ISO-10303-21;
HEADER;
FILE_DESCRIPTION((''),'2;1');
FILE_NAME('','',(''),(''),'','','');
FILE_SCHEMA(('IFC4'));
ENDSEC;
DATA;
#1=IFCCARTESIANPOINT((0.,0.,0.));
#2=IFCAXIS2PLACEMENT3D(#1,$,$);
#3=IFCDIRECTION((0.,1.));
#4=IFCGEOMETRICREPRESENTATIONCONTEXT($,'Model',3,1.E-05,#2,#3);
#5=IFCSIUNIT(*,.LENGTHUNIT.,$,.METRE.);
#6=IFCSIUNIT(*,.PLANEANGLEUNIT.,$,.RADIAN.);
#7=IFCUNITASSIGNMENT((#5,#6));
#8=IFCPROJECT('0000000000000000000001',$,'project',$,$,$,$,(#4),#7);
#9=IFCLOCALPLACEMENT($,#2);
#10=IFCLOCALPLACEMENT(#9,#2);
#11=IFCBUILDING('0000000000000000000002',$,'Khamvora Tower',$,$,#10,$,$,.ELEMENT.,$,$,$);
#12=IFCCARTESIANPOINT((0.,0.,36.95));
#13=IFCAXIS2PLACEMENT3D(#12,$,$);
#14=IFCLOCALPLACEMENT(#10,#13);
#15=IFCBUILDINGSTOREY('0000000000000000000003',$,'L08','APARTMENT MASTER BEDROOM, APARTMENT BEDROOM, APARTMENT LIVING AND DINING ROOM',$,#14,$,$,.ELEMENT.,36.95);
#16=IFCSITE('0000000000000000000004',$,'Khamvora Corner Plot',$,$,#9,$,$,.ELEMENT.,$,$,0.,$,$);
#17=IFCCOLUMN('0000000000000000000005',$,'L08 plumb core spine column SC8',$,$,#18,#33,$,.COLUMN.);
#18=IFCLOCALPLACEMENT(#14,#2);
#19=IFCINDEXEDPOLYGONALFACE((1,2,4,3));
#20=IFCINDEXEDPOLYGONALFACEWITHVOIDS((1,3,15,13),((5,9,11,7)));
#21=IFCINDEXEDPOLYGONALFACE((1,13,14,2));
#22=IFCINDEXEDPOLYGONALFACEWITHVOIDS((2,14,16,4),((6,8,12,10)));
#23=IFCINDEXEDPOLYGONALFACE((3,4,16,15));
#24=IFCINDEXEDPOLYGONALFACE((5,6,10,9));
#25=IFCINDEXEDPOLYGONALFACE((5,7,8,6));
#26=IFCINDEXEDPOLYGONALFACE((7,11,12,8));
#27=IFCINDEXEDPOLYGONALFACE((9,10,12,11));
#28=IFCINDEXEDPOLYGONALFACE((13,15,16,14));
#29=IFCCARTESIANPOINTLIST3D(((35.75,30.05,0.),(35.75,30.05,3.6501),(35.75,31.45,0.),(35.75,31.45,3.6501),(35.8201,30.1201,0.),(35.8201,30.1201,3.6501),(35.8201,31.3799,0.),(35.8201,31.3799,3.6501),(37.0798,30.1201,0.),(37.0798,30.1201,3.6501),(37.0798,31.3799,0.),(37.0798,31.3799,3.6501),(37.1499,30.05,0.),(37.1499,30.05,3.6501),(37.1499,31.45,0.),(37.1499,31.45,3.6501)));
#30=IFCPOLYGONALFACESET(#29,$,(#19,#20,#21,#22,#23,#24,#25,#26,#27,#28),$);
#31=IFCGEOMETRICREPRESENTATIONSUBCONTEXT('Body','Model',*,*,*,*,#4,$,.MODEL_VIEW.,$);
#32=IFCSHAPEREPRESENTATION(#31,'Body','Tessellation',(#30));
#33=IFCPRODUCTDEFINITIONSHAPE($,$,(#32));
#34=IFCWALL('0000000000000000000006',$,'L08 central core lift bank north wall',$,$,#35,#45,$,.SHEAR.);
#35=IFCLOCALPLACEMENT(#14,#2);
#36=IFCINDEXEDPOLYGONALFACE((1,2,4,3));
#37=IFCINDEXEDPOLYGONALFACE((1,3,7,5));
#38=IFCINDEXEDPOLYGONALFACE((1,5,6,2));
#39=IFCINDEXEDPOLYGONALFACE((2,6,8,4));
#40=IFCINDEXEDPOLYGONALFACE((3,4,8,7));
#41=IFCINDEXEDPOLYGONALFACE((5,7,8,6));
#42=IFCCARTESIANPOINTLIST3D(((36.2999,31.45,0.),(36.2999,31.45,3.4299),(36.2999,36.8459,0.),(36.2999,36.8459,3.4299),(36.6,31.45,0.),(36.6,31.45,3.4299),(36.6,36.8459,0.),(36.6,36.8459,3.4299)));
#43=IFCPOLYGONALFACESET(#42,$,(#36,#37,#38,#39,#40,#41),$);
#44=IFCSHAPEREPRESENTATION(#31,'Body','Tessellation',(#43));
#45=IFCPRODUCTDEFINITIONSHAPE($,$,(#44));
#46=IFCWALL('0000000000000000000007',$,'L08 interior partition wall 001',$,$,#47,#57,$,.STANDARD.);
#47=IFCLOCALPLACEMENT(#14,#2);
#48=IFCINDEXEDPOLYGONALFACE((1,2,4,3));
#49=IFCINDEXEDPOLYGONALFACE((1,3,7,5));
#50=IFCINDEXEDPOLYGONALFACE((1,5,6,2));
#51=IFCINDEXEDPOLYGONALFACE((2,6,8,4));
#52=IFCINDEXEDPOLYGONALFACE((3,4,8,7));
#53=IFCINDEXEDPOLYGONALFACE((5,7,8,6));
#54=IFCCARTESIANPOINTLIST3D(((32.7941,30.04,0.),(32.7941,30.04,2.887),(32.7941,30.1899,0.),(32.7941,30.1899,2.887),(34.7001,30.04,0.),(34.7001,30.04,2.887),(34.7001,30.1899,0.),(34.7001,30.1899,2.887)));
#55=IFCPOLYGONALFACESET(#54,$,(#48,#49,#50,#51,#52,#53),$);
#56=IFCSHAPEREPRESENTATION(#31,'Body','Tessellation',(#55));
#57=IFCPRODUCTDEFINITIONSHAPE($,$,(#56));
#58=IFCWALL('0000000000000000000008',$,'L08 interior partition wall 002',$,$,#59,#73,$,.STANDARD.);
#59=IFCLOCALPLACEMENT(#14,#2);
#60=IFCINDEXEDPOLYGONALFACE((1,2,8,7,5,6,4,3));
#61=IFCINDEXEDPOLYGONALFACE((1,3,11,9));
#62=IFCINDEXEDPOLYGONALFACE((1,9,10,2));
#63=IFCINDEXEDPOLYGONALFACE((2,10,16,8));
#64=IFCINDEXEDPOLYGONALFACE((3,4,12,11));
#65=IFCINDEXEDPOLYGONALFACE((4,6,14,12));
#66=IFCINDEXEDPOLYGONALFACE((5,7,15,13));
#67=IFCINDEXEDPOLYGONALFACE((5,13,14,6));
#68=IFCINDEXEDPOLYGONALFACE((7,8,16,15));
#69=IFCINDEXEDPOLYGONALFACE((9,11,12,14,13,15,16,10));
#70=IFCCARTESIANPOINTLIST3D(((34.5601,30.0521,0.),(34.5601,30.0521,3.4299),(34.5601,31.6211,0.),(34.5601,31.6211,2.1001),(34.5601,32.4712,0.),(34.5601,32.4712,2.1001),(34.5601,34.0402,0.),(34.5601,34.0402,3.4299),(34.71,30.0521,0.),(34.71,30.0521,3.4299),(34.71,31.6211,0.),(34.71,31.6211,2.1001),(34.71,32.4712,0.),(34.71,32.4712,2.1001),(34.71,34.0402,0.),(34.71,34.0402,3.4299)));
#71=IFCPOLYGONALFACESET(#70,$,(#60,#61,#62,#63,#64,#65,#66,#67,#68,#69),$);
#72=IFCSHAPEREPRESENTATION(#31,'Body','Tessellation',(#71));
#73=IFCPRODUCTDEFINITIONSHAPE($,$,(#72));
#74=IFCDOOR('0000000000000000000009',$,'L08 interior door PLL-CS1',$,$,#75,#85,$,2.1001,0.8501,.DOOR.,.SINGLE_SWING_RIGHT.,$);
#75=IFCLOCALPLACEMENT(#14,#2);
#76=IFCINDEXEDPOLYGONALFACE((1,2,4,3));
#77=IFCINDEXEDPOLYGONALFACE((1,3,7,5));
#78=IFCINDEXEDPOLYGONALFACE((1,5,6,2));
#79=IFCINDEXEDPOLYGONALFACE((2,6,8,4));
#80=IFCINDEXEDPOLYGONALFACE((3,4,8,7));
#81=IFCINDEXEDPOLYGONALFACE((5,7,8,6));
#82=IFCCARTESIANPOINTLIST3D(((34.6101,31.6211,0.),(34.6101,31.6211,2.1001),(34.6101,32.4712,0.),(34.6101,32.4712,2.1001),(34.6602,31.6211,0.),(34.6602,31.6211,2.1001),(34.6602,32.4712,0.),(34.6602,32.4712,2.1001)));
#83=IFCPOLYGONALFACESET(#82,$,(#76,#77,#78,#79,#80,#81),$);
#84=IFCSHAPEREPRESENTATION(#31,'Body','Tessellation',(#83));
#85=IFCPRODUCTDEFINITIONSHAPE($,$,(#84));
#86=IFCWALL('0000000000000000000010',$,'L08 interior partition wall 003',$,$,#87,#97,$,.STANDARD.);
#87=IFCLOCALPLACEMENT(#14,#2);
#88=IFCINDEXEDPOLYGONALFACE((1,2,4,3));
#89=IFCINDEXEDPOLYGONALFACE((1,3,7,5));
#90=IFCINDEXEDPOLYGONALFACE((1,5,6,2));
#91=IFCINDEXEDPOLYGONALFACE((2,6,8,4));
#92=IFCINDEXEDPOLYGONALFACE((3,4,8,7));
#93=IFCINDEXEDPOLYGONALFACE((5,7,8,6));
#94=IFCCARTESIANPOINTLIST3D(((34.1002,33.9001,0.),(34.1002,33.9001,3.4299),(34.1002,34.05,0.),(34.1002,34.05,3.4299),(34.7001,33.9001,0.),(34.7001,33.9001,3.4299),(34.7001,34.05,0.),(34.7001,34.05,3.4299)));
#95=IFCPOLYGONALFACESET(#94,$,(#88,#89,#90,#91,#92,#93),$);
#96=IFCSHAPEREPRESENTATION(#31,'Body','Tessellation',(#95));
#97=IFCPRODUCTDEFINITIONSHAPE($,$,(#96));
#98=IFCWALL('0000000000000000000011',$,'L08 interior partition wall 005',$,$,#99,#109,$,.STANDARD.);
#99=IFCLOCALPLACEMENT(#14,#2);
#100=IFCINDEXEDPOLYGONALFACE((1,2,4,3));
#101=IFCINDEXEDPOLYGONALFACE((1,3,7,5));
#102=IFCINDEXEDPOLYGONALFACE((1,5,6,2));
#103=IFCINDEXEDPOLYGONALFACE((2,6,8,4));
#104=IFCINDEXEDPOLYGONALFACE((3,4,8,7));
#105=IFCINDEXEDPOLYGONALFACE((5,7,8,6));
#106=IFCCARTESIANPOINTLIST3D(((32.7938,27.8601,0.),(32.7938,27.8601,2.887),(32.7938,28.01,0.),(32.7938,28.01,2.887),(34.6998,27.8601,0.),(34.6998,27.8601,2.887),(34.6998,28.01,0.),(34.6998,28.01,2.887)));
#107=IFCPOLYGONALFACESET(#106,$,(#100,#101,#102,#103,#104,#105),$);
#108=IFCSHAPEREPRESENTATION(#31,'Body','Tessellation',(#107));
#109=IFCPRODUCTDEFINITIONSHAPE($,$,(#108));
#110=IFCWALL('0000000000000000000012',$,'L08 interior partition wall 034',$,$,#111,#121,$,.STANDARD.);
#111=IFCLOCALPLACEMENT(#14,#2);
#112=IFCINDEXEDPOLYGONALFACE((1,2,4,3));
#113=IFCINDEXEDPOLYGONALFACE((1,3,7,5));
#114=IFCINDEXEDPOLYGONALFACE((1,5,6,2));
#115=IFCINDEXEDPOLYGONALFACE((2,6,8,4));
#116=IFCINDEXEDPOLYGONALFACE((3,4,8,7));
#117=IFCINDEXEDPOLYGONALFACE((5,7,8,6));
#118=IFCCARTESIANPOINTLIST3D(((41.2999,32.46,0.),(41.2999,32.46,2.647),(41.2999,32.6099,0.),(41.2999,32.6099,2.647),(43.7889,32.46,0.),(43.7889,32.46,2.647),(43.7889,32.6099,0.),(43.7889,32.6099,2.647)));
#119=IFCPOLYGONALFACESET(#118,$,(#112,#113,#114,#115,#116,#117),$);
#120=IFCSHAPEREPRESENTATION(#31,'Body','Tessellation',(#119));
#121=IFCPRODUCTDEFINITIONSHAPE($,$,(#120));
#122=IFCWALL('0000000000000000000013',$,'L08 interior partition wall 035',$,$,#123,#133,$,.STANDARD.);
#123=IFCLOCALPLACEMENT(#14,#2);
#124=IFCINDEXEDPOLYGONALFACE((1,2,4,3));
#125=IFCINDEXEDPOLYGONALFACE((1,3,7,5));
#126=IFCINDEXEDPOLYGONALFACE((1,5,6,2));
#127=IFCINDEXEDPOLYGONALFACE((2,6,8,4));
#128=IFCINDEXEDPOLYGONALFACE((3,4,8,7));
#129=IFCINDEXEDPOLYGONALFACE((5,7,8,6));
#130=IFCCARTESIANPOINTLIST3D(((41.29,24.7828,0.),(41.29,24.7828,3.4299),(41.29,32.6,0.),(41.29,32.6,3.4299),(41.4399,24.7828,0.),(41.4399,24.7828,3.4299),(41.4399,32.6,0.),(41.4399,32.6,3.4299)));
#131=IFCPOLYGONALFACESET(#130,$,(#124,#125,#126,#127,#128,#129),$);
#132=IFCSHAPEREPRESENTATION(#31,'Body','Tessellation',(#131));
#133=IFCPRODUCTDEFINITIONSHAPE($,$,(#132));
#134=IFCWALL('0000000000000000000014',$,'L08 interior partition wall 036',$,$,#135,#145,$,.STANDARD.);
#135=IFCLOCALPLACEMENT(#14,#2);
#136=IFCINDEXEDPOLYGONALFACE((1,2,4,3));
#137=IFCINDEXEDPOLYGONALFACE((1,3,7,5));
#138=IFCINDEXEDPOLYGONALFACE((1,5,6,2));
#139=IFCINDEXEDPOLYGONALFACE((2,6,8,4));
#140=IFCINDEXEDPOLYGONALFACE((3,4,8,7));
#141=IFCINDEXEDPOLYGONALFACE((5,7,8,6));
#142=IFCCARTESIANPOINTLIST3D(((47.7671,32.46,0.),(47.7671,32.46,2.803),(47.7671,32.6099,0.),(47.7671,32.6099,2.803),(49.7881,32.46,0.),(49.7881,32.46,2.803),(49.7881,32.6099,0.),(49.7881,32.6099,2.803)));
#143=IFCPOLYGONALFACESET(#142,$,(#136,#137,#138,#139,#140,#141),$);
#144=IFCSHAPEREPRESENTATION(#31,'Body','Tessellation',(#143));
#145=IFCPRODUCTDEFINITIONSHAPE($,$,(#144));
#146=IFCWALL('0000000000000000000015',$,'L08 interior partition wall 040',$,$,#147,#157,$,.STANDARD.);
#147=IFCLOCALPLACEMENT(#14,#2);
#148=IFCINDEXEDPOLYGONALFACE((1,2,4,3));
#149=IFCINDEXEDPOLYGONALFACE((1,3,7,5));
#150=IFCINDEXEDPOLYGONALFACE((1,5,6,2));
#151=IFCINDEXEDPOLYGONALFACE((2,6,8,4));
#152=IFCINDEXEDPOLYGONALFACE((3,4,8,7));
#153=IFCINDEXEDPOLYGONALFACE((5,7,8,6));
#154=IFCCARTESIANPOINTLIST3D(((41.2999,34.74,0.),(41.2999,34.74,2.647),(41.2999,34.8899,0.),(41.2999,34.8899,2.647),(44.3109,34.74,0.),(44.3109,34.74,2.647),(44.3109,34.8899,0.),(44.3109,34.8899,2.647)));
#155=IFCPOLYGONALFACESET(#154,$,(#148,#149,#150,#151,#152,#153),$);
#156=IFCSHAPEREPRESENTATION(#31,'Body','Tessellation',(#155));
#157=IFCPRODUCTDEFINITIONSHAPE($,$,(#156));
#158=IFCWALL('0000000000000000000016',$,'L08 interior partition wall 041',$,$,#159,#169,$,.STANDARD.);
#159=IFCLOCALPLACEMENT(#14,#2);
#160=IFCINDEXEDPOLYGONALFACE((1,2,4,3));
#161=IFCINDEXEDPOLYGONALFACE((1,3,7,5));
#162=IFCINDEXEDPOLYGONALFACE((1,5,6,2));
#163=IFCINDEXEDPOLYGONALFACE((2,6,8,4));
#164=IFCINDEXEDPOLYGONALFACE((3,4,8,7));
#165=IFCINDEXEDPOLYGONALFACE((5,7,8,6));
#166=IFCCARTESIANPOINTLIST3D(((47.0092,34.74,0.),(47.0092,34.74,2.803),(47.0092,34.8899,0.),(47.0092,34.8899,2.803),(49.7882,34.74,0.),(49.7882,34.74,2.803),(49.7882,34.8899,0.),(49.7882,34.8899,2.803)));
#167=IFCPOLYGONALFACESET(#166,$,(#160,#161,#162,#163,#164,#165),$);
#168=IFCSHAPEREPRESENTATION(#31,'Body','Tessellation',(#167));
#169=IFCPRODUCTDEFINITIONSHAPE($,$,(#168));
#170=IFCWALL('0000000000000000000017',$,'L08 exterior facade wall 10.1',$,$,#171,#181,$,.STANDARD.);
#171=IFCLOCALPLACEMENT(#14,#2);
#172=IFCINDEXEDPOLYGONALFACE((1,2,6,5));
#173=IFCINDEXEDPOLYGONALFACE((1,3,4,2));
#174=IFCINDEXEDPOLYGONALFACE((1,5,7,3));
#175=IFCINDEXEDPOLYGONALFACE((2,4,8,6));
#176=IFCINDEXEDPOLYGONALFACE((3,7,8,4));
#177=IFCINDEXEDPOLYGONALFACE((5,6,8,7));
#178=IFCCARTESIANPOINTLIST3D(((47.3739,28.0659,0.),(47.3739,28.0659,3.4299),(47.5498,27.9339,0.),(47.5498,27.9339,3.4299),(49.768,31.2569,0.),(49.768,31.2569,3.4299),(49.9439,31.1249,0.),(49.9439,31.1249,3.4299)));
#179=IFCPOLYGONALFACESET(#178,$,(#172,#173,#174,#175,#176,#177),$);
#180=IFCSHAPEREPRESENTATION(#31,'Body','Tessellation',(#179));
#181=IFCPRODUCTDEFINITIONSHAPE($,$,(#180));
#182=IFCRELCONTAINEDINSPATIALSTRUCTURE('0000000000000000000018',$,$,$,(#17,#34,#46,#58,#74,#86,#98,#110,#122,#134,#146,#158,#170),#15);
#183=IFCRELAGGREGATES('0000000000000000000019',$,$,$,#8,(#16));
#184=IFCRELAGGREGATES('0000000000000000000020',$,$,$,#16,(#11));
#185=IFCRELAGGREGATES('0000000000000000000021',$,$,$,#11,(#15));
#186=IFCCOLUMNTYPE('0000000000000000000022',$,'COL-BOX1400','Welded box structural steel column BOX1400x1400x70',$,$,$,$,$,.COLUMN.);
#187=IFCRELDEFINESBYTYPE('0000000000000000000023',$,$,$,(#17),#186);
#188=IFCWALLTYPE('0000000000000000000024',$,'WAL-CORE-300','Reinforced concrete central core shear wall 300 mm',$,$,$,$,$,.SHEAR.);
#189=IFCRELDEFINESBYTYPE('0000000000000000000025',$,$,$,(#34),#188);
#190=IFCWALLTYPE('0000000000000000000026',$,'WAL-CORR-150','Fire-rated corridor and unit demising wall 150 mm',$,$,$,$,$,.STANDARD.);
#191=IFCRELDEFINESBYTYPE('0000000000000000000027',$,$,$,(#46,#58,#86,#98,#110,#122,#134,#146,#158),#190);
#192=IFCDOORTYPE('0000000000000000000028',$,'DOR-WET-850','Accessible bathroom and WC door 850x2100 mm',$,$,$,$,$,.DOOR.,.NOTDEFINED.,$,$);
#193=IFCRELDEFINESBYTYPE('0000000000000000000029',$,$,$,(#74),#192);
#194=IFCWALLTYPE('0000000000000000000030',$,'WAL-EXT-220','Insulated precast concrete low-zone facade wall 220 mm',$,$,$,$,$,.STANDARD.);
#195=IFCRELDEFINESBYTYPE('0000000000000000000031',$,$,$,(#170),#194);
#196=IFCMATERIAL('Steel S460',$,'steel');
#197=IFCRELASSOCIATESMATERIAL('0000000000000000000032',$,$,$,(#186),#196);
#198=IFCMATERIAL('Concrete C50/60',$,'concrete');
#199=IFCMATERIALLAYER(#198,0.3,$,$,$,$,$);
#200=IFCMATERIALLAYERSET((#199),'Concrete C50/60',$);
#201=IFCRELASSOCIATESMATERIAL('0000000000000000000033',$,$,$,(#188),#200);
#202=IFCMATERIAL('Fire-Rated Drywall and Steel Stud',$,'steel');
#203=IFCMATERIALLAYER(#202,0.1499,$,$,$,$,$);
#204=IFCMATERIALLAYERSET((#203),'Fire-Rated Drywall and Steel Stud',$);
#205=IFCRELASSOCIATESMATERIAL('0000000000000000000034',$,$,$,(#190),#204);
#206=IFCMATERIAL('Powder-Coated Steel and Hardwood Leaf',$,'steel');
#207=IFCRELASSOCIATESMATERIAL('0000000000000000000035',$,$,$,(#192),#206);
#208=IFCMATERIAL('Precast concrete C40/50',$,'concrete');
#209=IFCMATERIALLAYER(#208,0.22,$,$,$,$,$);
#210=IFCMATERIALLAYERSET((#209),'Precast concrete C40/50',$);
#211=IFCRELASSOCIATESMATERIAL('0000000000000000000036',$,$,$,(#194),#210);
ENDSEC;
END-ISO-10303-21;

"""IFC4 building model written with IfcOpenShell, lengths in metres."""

from ifc_helpers import new_model, si_unit, direction, frame, frame_2d, origin, origin_2d, place, context, subcontext, project, spatial, rectangle, hollow_rectangle, extrude, material, layer, layer_set, material_profile, profile_set, type_object, element, fill, save


model = new_model("IFC4")

# Units and contexts
model_context = context("Model", 3, precision=1e-05, world=origin(), true_north=direction((0.0, 1.0)))
body_context = subcontext(model_context, "Body", "Model", "MODEL_VIEW")
ifc_project = project(units=[si_unit("LENGTHUNIT", "METRE"), si_unit("PLANEANGLEUNIT", "RADIAN")], contexts=[model_context])

# Site, building, storey
site_placement = place(None, origin())
site = spatial("IfcSite", under=ifc_project, at=site_placement, Name="Khamvora Corner Plot", CompositionType="ELEMENT", RefElevation=0.0)
building_placement = place(site_placement, origin())
building = spatial("IfcBuilding", under=site, at=building_placement, Name="Khamvora Tower", CompositionType="ELEMENT")
storey_placement = place(building_placement, frame((0.0, 0.0, 36.95)))
storey = spatial("IfcBuildingStorey", under=building, at=storey_placement, Name="L08", Description="APARTMENT MASTER BEDROOM, APARTMENT BEDROOM, APARTMENT LIVING AND DINING ROOM", CompositionType="ELEMENT", Elevation=36.95)

# Column
ifc_material_1 = material(Name="Steel S460", Category="steel")
ifc_material_profile = material_profile(ifc_material_1, hollow_rectangle(XDim=1.3999, YDim=1.3999, WallThickness=0.0701, at=origin_2d()), Name="BOX1400x1400x70")
ifc_profile_set = profile_set([ifc_material_profile], Name="Steel S460")
column_type = type_object("IfcColumnType", Name="COL-BOX1400", Description="Welded box structural steel column BOX1400x1400x70", PredefinedType="COLUMN", material=ifc_profile_set)
column_placement = place(storey_placement, frame((36.45, 30.75, 0.0), z_axis=(0.0, 0.0, 1.0), x_axis=(1.0, 0.0, 0.0)))
element("IfcColumn", 1, at=column_placement, inside=storey, type_object=column_type, Name="L08 plumb core spine column SC8", PredefinedType="COLUMN", context=body_context, shape_type="SweptSolid", body=[
    extrude(hollow_rectangle(XDim=1.3999, YDim=1.3999, WallThickness=0.0701, at=origin_2d()), origin(), (0.0, 0.0, 1.0), 3.6501),
])

# Walls
ifc_material_2 = material(Name="Concrete C50/60", Category="concrete")
ifc_layer_1 = layer(ifc_material_2, 0.3)
ifc_layer_set_1 = layer_set([ifc_layer_1], Name="Concrete C50/60")
wall_type_1 = type_object("IfcWallType", Name="WAL-CORE-300", Description="Reinforced concrete central core shear wall 300 mm", PredefinedType="SHEAR", material=ifc_layer_set_1)
wall_1_placement = place(storey_placement, frame((36.45, 31.45, 0.0), z_axis=(0.0, 0.0, 1.0), x_axis=(0.0, 1.0, 0.0)))
element("IfcWall", 2, at=wall_1_placement, inside=storey, type_object=wall_type_1, Name="L08 central core lift bank north wall", PredefinedType="SHEAR", context=body_context, shape_type="SweptSolid", body=[
    extrude(rectangle(XDim=5.396, YDim=0.3, at=frame_2d((2.698, 0.0))), origin(), (0.0, 0.0, 1.0), 3.4299),
])
ifc_material_3 = material(Name="Fire-Rated Drywall and Steel Stud", Category="steel")
ifc_layer_2 = layer(ifc_material_3, 0.1499)
ifc_layer_set_2 = layer_set([ifc_layer_2], Name="Fire-Rated Drywall and Steel Stud")
wall_type_2 = type_object("IfcWallType", Name="WAL-CORR-150", Description="Fire-rated corridor and unit demising wall 150 mm", PredefinedType="STANDARD", material=ifc_layer_set_2)
wall_2_placement = place(storey_placement, frame((32.7939, 30.115, 0.0), z_axis=(0.0, 0.0, 1.0), x_axis=(1.0, 0.0, 0.0)))
element("IfcWall", 3, at=wall_2_placement, inside=storey, type_object=wall_type_2, Name="L08 interior partition wall 001", PredefinedType="STANDARD", context=body_context, shape_type="SweptSolid", body=[
    extrude(rectangle(XDim=1.906, YDim=0.1499, at=frame_2d((0.9531, 0.0))), origin(), (0.0, 0.0, 1.0), 2.887),
])

# Wall, opening, door
wall_3_placement = place(storey_placement, frame((34.635, 30.052, 0.0), z_axis=(0.0, 0.0, 1.0), x_axis=(0.0, 1.0, 0.0)))
wall_3 = element("IfcWall", 4, at=wall_3_placement, inside=storey, type_object=wall_type_2, Name="L08 interior partition wall 002", PredefinedType="STANDARD", context=body_context, shape_type="SweptSolid", body=[
    extrude(rectangle(XDim=3.988, YDim=0.1499, at=frame_2d((1.9941, 0.0))), origin(), (0.0, 0.0, 1.0), 3.4299),
])
opening_1_placement = place(wall_3_placement, frame((1.5691, 0.0, 0.0)))
opening_1 = element("IfcOpeningElement", 5, at=opening_1_placement, cuts=wall_3, PredefinedType="OPENING", context=body_context, shape_type="SweptSolid", body=[
    extrude(rectangle(XDim=0.8501, YDim=2.1001, at=frame_2d((0.425, 1.05))), frame((0.0, 0.085, 0.0), z_axis=(0.0, -1.0, 0.0), x_axis=(1.0, 0.0, 0.0)), (0.0, 0.0, 1.0), 0.1699),
])
ifc_material_4 = material(Name="Powder-Coated Steel and Hardwood Leaf", Category="steel")
door_type_1 = type_object("IfcDoorType", Name="DOR-WET-850", Description="Accessible bathroom and WC door 850x2100 mm", OperationType="NOTDEFINED", PredefinedType="DOOR", material=ifc_material_4)
door_1_placement = place(opening_1_placement, origin())
door_1 = element("IfcDoor", 6, at=door_1_placement, inside=storey, type_object=door_type_1, Name="L08 interior door PLL-CS1", OperationType="SINGLE_SWING_RIGHT", OverallHeight=2.1001, OverallWidth=0.8501, PredefinedType="DOOR", context=body_context, shape_type="SweptSolid", body=[
    extrude(rectangle(XDim=0.8501, YDim=2.1001, at=frame_2d((0.425, 1.05))), frame((0.0, 0.0249, 0.0), z_axis=(0.0, -1.0, 0.0), x_axis=(1.0, 0.0, 0.0)), (0.0, 0.0, 1.0), 0.05),
])
fill(opening_1, door_1)

# Walls
wall_4_placement = place(storey_placement, frame((34.7, 33.9751, 0.0), z_axis=(0.0, 0.0, 1.0), x_axis=(-1.0, 0.0, 0.0)))
element("IfcWall", 7, at=wall_4_placement, inside=storey, type_object=wall_type_2, Name="L08 interior partition wall 003", PredefinedType="STANDARD", context=body_context, shape_type="SweptSolid", body=[
    extrude(rectangle(XDim=0.5999, YDim=0.1499, at=frame_2d((0.2998, 0.0))), origin(), (0.0, 0.0, 1.0), 3.4299),
])
wall_5_placement = place(storey_placement, frame((34.7, 27.9351, 0.0), z_axis=(0.0, 0.0, 1.0), x_axis=(-1.0, 0.0, 0.0)))
element("IfcWall", 8, at=wall_5_placement, inside=storey, type_object=wall_type_2, Name="L08 interior partition wall 005", PredefinedType="STANDARD", context=body_context, shape_type="SweptSolid", body=[
    extrude(rectangle(XDim=1.906, YDim=0.1499, at=frame_2d((0.9531, 0.0))), origin(), (0.0, 0.0, 1.0), 2.887),
])

# Walls
wall_6_placement = place(storey_placement, frame((43.7891, 32.5349, 0.0), z_axis=(0.0, 0.0, 1.0), x_axis=(-1.0, 0.0, 0.0)))
element("IfcWall", 9, at=wall_6_placement, inside=storey, type_object=wall_type_2, Name="L08 interior partition wall 034", PredefinedType="STANDARD", context=body_context, shape_type="SweptSolid", body=[
    extrude(rectangle(XDim=2.489, YDim=0.1499, at=frame_2d((1.2446, 0.0))), origin(), (0.0, 0.0, 1.0), 2.647),
])
wall_7_placement = place(storey_placement, frame((41.365, 32.6001, 0.0), z_axis=(0.0, 0.0, 1.0), x_axis=(0.0, -1.0, 0.0)))
element("IfcWall", 10, at=wall_7_placement, inside=storey, type_object=wall_type_2, Name="L08 interior partition wall 035", PredefinedType="STANDARD", context=body_context, shape_type="SweptSolid", body=[
    extrude(rectangle(XDim=7.8171, YDim=0.1499, at=frame_2d((3.9087, 0.0))), origin(), (0.0, 0.0, 1.0), 3.4299),
])
wall_8_placement = place(storey_placement, frame((49.7881, 32.5349, 0.0), z_axis=(0.0, 0.0, 1.0), x_axis=(-1.0, 0.0, 0.0)))
element("IfcWall", 11, at=wall_8_placement, inside=storey, type_object=wall_type_2, Name="L08 interior partition wall 036", PredefinedType="STANDARD", context=body_context, shape_type="SweptSolid", body=[
    extrude(rectangle(XDim=2.021, YDim=0.1499, at=frame_2d((1.0105, 0.0))), origin(), (0.0, 0.0, 1.0), 2.803),
])

# Walls
wall_9_placement = place(storey_placement, frame((41.3, 34.8149, 0.0), z_axis=(0.0, 0.0, 1.0), x_axis=(1.0, 0.0, 0.0)))
element("IfcWall", 12, at=wall_9_placement, inside=storey, type_object=wall_type_2, Name="L08 interior partition wall 040", PredefinedType="STANDARD", context=body_context, shape_type="SweptSolid", body=[
    extrude(rectangle(XDim=3.011, YDim=0.1499, at=frame_2d((1.5054, 0.0))), origin(), (0.0, 0.0, 1.0), 2.647),
])
wall_10_placement = place(storey_placement, frame((47.009, 34.8149, 0.0), z_axis=(0.0, 0.0, 1.0), x_axis=(1.0, 0.0, 0.0)))
element("IfcWall", 13, at=wall_10_placement, inside=storey, type_object=wall_type_2, Name="L08 interior partition wall 041", PredefinedType="STANDARD", context=body_context, shape_type="SweptSolid", body=[
    extrude(rectangle(XDim=2.7791, YDim=0.1499, at=frame_2d((1.3896, 0.0))), origin(), (0.0, 0.0, 1.0), 2.803),
])
ifc_material_5 = material(Name="Precast concrete C40/50", Category="concrete")
ifc_layer_3 = layer(ifc_material_5, 0.22)
ifc_layer_set_3 = layer_set([ifc_layer_3], Name="Precast concrete C40/50")
wall_type_3 = type_object("IfcWallType", Name="WAL-EXT-220", Description="Insulated precast concrete low-zone facade wall 220 mm", PredefinedType="STANDARD", material=ifc_layer_set_3)
wall_11_placement = place(storey_placement, frame((49.856, 31.1909, 0.0), z_axis=(0.0, 0.0, 1.0), x_axis=(-0.600137, -0.799897, 0.0)))
element("IfcWall", 14, at=wall_11_placement, inside=storey, type_object=wall_type_3, Name="L08 exterior facade wall 10.1", PredefinedType="STANDARD", context=body_context, shape_type="SweptSolid", body=[
    extrude(rectangle(XDim=3.9893, YDim=0.22, at=frame_2d((1.9946, 0.0))), origin(), (0.0, 0.0, 1.0), 3.4299),
])

save(model, "model.ifc")
